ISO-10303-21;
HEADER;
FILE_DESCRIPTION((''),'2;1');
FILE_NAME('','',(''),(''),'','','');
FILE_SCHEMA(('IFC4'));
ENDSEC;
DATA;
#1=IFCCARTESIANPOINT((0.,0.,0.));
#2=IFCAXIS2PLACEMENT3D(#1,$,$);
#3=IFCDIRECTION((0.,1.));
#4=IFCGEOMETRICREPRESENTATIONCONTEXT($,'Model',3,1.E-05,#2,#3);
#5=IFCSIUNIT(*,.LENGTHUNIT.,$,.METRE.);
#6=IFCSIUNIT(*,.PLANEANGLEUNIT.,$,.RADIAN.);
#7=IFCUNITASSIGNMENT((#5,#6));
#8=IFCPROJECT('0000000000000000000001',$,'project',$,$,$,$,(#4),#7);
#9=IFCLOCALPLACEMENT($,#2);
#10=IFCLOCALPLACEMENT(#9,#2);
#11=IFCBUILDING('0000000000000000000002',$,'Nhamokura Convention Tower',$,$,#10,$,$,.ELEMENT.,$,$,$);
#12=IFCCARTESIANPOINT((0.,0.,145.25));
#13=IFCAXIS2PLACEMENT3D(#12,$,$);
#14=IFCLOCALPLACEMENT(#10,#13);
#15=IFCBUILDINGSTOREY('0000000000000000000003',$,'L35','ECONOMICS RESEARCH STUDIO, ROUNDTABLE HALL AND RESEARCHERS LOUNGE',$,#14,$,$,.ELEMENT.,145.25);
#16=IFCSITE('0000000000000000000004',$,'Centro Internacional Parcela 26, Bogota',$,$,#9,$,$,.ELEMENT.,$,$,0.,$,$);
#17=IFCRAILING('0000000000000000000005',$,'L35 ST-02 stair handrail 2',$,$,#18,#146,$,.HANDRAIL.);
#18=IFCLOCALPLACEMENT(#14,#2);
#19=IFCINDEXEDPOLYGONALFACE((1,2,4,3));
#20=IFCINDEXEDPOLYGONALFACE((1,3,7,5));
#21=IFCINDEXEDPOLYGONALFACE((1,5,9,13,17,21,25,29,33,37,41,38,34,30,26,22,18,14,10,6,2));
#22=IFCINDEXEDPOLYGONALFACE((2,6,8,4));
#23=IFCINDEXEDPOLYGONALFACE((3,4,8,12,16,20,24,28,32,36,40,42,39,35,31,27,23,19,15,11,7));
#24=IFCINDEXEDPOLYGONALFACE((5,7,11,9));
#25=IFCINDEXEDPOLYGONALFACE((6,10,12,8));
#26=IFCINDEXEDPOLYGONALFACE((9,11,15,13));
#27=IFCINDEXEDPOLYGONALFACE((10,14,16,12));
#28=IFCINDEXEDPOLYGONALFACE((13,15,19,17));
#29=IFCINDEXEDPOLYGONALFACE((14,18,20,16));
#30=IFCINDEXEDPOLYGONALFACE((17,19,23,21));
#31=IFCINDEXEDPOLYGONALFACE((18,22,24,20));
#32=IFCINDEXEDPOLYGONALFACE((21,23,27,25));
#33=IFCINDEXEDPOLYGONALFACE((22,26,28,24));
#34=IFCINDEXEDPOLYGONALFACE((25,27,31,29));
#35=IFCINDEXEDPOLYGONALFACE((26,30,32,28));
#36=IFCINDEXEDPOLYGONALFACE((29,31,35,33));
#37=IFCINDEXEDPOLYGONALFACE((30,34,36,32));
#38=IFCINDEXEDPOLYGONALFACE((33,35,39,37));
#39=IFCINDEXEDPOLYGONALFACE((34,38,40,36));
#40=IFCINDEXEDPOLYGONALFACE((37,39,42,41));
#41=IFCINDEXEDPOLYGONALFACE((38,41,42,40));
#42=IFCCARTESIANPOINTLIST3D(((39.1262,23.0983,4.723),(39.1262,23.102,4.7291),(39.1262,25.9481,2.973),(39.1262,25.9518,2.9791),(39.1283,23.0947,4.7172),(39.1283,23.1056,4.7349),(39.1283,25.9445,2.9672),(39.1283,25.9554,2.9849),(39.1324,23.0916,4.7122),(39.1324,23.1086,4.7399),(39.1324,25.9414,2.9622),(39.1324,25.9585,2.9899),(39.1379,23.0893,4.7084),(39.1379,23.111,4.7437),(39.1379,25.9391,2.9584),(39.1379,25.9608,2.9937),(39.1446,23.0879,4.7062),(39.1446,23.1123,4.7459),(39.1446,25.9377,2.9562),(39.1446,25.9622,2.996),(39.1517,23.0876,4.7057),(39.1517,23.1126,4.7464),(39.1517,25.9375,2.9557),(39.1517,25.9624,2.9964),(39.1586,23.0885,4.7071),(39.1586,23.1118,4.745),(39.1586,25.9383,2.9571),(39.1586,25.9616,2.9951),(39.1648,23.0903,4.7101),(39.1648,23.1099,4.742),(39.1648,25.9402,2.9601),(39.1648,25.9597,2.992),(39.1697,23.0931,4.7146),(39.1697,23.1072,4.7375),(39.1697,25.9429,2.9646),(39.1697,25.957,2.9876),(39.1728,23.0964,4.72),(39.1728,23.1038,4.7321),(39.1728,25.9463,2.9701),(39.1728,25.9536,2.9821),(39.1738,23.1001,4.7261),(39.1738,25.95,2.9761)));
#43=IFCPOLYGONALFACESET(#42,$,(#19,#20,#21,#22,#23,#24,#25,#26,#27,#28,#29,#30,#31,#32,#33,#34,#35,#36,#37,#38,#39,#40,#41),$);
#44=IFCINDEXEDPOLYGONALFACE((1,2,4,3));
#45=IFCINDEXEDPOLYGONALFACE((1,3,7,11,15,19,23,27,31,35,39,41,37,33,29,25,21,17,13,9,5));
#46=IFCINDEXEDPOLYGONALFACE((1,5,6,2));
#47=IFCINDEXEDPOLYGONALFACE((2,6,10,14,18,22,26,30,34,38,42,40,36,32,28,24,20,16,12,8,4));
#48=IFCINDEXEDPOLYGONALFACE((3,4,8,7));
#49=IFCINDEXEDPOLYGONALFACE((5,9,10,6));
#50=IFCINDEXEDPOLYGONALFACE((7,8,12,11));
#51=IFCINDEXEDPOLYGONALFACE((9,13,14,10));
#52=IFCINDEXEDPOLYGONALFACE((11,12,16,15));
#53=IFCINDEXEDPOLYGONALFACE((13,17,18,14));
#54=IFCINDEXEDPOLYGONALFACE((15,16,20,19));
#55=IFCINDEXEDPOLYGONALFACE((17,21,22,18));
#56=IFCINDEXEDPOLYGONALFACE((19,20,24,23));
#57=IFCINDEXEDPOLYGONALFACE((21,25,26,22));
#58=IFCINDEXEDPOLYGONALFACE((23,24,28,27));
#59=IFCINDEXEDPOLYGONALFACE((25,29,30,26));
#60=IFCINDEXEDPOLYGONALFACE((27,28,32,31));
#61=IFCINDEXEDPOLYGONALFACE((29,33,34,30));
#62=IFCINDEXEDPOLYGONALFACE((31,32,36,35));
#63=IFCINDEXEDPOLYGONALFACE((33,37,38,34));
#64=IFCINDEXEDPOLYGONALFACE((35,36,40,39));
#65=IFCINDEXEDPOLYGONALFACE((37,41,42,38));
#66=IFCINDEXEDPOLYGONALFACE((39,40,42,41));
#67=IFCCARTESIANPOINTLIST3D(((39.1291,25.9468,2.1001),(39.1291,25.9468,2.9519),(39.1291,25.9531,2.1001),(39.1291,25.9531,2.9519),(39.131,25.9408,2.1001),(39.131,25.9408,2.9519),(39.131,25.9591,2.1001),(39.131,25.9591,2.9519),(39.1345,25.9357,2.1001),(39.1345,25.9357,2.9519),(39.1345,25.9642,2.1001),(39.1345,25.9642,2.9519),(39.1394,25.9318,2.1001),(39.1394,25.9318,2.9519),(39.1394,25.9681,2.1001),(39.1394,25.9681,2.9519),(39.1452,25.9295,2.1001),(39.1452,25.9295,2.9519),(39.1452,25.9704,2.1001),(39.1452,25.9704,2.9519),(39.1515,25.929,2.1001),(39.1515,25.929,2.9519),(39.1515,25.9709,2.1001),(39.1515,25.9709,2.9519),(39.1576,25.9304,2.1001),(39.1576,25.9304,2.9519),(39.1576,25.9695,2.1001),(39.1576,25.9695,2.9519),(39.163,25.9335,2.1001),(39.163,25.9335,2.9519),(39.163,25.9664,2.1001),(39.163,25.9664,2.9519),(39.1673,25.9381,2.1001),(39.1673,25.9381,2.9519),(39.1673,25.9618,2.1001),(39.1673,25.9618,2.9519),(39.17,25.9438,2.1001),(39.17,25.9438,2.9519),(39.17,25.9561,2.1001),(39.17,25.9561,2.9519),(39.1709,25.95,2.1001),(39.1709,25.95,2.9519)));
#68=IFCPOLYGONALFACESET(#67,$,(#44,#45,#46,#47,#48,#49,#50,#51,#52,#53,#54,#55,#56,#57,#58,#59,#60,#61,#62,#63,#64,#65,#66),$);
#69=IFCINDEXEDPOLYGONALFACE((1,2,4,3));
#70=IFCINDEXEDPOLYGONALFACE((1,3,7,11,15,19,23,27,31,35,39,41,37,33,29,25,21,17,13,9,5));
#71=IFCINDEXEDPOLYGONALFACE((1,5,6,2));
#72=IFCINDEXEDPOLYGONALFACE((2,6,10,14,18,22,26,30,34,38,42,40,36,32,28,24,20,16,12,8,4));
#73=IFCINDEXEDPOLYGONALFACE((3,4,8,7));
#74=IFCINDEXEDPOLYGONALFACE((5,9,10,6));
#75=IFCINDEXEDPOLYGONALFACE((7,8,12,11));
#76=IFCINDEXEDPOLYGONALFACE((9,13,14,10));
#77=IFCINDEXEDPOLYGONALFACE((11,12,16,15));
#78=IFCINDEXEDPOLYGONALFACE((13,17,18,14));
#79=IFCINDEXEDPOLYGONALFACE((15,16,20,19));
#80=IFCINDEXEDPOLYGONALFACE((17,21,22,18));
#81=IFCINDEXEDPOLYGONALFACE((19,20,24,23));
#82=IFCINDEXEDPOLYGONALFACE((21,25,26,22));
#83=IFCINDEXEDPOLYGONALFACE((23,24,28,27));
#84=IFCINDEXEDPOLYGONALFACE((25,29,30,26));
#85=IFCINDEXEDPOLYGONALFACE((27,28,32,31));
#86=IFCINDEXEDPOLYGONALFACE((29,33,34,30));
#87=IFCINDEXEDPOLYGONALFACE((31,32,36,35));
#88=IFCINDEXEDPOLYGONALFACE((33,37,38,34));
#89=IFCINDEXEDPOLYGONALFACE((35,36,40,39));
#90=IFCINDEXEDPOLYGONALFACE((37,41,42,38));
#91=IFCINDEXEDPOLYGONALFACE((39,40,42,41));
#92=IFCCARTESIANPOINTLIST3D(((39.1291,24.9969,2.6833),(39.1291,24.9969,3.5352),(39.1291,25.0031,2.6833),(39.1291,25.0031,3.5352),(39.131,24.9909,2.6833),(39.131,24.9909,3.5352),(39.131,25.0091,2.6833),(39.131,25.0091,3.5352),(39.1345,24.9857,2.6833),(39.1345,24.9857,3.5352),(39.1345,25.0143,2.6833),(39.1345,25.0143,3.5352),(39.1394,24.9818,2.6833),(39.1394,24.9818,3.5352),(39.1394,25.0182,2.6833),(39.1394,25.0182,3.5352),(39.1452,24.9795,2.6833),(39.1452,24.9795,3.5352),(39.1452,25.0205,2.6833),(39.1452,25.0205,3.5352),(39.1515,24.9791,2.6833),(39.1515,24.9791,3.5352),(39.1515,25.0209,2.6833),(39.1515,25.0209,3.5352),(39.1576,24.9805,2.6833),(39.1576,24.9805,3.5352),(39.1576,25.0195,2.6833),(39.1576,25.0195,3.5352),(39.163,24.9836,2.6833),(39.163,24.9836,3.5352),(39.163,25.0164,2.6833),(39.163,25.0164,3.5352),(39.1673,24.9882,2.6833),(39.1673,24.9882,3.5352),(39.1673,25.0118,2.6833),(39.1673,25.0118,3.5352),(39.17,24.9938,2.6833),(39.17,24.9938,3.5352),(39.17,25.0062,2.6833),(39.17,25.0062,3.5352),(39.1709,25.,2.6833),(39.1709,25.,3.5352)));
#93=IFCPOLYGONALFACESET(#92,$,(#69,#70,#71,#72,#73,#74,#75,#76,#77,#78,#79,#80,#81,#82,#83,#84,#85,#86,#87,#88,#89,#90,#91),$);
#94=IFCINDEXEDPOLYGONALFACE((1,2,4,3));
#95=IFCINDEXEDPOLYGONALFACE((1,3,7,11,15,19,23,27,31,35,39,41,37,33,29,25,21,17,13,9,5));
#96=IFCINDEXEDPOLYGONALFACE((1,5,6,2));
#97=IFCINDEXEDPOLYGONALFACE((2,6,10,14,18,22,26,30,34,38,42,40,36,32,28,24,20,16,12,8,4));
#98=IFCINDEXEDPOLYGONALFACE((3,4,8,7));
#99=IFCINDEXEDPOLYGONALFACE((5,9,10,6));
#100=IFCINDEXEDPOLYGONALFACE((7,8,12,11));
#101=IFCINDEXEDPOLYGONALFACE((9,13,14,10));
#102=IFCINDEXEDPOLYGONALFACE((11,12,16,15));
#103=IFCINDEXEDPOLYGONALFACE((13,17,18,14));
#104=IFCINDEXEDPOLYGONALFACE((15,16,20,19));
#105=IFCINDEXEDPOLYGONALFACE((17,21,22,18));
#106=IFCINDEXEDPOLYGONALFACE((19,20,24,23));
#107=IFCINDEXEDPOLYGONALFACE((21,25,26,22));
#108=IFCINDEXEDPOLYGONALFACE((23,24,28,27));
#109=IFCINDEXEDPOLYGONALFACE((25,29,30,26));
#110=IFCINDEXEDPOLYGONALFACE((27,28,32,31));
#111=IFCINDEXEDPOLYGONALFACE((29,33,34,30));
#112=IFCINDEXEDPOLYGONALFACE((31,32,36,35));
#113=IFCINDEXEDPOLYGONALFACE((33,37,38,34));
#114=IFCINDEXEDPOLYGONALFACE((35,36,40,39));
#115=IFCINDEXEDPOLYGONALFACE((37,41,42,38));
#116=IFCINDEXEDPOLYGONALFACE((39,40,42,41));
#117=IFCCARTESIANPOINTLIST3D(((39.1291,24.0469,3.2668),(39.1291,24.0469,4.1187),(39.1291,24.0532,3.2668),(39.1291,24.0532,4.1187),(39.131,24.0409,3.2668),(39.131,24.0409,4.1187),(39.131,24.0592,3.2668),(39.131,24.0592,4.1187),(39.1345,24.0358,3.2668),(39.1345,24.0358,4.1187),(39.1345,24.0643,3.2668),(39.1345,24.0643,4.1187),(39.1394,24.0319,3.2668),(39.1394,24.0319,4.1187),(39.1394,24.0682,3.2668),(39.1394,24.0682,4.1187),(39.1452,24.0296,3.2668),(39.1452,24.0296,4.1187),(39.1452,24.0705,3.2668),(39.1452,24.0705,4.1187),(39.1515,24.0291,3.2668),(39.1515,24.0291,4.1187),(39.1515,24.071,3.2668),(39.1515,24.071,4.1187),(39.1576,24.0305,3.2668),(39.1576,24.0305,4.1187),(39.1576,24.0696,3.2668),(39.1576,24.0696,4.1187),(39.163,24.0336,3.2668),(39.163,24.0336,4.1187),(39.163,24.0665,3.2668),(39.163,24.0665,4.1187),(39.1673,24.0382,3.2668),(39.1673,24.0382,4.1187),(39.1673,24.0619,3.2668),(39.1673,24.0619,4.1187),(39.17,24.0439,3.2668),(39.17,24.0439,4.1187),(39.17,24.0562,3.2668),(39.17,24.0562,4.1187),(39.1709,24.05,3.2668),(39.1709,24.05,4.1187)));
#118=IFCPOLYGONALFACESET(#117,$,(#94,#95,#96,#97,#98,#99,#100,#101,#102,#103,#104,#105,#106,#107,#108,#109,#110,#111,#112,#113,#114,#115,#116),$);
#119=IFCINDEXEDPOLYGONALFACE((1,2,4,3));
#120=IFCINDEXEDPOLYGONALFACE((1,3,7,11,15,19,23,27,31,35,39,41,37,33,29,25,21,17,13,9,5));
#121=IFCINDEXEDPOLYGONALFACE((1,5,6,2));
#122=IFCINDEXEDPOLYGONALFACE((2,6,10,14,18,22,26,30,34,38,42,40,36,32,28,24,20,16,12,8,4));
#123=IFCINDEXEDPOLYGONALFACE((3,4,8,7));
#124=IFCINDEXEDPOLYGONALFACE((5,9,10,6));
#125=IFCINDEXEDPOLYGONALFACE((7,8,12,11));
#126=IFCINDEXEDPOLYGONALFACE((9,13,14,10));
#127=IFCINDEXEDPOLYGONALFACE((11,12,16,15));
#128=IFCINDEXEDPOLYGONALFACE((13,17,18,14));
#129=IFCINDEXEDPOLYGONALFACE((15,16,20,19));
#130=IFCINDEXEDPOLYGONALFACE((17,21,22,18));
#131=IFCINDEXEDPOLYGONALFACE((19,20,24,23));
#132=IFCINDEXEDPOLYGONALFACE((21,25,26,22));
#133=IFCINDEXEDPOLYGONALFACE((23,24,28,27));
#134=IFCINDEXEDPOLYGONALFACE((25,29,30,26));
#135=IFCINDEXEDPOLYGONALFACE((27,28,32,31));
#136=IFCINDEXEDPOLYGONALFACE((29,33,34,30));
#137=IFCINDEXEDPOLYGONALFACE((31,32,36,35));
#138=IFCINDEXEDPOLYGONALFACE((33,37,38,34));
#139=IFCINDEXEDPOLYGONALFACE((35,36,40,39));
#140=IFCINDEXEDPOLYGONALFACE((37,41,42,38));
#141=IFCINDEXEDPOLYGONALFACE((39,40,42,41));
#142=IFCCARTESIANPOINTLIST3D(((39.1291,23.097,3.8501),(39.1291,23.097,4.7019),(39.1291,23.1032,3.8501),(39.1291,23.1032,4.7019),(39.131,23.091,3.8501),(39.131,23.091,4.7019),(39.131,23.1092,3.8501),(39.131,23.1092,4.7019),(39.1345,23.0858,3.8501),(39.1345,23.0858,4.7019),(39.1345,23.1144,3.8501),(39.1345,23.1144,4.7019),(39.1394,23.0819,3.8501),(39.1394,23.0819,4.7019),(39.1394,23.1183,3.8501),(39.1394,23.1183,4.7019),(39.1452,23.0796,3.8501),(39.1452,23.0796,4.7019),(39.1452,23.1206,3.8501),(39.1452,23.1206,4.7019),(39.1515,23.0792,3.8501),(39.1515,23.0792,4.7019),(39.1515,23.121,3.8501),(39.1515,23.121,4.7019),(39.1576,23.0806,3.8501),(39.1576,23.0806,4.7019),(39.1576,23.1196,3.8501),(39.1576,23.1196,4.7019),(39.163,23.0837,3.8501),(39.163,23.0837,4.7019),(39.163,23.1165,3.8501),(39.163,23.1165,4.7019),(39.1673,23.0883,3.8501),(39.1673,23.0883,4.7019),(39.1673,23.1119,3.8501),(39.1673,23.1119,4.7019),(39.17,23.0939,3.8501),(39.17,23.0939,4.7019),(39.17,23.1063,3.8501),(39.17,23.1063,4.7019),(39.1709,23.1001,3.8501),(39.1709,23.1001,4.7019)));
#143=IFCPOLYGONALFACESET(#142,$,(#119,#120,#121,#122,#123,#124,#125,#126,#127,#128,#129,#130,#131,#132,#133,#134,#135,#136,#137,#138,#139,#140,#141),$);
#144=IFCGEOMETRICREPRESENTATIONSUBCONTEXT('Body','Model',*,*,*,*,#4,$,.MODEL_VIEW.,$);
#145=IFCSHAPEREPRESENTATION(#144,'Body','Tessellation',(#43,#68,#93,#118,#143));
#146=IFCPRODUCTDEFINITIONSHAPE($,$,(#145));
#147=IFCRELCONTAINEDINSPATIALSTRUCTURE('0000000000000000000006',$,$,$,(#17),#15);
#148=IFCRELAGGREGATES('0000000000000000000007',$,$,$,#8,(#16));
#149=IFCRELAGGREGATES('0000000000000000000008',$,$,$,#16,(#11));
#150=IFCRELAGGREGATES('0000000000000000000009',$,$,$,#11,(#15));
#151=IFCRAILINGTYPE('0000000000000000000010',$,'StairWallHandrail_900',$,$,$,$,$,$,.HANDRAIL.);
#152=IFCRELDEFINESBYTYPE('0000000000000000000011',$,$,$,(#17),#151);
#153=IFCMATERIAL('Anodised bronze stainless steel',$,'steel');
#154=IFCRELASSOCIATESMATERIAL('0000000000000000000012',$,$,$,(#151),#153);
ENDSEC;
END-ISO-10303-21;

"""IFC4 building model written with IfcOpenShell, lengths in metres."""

from ifc_helpers import new_model, si_unit, direction, frame, origin, origin_2d, place, context, subcontext, project, spatial, circle, extrude, material, type_object, element, save


model = new_model("IFC4")

# Units and contexts
model_context = context("Model", 3, precision=1e-05, world=origin(), true_north=direction((0.0, 1.0)))
body_context = subcontext(model_context, "Body", "Model", "MODEL_VIEW")
ifc_project = project(units=[si_unit("LENGTHUNIT", "METRE"), si_unit("PLANEANGLEUNIT", "RADIAN")], contexts=[model_context])

# Site, building, storey
site_placement = place(None, origin())
site = spatial("IfcSite", under=ifc_project, at=site_placement, Name="Centro Internacional Parcela 26, Bogota", CompositionType="ELEMENT", RefElevation=0.0)
building_placement = place(site_placement, origin())
building = spatial("IfcBuilding", under=site, at=building_placement, Name="Nhamokura Convention Tower", CompositionType="ELEMENT")
storey_placement = place(building_placement, frame((0.0, 0.0, 145.25)))
storey = spatial("IfcBuildingStorey", under=building, at=storey_placement, Name="L35", Description="ECONOMICS RESEARCH STUDIO, ROUNDTABLE HALL AND RESEARCHERS LOUNGE", CompositionType="ELEMENT", Elevation=145.25)

# Railing
ifc_material_1 = material(Name="Anodised bronze stainless steel", Category="steel")
railing_type_1 = type_object("IfcRailingType", Name="StairWallHandrail_900", PredefinedType="HANDRAIL", material=ifc_material_1)
railing_1_placement = place(storey_placement, frame((39.1499, 25.95, 2.1001)))
element("IfcRailing", 1, at=railing_1_placement, inside=storey, type_object=railing_type_1, Name="L35 ST-02 stair handrail 2", PredefinedType="HANDRAIL", context=body_context, shape_type="SweptSolid", body=[
    extrude(circle(Radius=0.0239, at=origin_2d()), frame((0.0, 0.0, 0.876), z_axis=(0.0, -0.852159, 0.523283), x_axis=(1.0, 0.0, 0.0)), (0.0, 0.0, 1.0), 3.3442),
    extrude(circle(Radius=0.021, at=origin_2d()), origin(), (0.0, 0.0, 1.0), 0.8518),
    extrude(circle(Radius=0.021, at=origin_2d()), frame((0.0, -0.95, 0.5833)), (0.0, 0.0, 1.0), 0.8518),
    extrude(circle(Radius=0.021, at=origin_2d()), frame((0.0, -1.8999, 1.1667)), (0.0, 0.0, 1.0), 0.8518),
    extrude(circle(Radius=0.021, at=origin_2d()), frame((0.0, -2.8499, 1.75)), (0.0, 0.0, 1.0), 0.8518),
])

save(model, "model.ifc")
